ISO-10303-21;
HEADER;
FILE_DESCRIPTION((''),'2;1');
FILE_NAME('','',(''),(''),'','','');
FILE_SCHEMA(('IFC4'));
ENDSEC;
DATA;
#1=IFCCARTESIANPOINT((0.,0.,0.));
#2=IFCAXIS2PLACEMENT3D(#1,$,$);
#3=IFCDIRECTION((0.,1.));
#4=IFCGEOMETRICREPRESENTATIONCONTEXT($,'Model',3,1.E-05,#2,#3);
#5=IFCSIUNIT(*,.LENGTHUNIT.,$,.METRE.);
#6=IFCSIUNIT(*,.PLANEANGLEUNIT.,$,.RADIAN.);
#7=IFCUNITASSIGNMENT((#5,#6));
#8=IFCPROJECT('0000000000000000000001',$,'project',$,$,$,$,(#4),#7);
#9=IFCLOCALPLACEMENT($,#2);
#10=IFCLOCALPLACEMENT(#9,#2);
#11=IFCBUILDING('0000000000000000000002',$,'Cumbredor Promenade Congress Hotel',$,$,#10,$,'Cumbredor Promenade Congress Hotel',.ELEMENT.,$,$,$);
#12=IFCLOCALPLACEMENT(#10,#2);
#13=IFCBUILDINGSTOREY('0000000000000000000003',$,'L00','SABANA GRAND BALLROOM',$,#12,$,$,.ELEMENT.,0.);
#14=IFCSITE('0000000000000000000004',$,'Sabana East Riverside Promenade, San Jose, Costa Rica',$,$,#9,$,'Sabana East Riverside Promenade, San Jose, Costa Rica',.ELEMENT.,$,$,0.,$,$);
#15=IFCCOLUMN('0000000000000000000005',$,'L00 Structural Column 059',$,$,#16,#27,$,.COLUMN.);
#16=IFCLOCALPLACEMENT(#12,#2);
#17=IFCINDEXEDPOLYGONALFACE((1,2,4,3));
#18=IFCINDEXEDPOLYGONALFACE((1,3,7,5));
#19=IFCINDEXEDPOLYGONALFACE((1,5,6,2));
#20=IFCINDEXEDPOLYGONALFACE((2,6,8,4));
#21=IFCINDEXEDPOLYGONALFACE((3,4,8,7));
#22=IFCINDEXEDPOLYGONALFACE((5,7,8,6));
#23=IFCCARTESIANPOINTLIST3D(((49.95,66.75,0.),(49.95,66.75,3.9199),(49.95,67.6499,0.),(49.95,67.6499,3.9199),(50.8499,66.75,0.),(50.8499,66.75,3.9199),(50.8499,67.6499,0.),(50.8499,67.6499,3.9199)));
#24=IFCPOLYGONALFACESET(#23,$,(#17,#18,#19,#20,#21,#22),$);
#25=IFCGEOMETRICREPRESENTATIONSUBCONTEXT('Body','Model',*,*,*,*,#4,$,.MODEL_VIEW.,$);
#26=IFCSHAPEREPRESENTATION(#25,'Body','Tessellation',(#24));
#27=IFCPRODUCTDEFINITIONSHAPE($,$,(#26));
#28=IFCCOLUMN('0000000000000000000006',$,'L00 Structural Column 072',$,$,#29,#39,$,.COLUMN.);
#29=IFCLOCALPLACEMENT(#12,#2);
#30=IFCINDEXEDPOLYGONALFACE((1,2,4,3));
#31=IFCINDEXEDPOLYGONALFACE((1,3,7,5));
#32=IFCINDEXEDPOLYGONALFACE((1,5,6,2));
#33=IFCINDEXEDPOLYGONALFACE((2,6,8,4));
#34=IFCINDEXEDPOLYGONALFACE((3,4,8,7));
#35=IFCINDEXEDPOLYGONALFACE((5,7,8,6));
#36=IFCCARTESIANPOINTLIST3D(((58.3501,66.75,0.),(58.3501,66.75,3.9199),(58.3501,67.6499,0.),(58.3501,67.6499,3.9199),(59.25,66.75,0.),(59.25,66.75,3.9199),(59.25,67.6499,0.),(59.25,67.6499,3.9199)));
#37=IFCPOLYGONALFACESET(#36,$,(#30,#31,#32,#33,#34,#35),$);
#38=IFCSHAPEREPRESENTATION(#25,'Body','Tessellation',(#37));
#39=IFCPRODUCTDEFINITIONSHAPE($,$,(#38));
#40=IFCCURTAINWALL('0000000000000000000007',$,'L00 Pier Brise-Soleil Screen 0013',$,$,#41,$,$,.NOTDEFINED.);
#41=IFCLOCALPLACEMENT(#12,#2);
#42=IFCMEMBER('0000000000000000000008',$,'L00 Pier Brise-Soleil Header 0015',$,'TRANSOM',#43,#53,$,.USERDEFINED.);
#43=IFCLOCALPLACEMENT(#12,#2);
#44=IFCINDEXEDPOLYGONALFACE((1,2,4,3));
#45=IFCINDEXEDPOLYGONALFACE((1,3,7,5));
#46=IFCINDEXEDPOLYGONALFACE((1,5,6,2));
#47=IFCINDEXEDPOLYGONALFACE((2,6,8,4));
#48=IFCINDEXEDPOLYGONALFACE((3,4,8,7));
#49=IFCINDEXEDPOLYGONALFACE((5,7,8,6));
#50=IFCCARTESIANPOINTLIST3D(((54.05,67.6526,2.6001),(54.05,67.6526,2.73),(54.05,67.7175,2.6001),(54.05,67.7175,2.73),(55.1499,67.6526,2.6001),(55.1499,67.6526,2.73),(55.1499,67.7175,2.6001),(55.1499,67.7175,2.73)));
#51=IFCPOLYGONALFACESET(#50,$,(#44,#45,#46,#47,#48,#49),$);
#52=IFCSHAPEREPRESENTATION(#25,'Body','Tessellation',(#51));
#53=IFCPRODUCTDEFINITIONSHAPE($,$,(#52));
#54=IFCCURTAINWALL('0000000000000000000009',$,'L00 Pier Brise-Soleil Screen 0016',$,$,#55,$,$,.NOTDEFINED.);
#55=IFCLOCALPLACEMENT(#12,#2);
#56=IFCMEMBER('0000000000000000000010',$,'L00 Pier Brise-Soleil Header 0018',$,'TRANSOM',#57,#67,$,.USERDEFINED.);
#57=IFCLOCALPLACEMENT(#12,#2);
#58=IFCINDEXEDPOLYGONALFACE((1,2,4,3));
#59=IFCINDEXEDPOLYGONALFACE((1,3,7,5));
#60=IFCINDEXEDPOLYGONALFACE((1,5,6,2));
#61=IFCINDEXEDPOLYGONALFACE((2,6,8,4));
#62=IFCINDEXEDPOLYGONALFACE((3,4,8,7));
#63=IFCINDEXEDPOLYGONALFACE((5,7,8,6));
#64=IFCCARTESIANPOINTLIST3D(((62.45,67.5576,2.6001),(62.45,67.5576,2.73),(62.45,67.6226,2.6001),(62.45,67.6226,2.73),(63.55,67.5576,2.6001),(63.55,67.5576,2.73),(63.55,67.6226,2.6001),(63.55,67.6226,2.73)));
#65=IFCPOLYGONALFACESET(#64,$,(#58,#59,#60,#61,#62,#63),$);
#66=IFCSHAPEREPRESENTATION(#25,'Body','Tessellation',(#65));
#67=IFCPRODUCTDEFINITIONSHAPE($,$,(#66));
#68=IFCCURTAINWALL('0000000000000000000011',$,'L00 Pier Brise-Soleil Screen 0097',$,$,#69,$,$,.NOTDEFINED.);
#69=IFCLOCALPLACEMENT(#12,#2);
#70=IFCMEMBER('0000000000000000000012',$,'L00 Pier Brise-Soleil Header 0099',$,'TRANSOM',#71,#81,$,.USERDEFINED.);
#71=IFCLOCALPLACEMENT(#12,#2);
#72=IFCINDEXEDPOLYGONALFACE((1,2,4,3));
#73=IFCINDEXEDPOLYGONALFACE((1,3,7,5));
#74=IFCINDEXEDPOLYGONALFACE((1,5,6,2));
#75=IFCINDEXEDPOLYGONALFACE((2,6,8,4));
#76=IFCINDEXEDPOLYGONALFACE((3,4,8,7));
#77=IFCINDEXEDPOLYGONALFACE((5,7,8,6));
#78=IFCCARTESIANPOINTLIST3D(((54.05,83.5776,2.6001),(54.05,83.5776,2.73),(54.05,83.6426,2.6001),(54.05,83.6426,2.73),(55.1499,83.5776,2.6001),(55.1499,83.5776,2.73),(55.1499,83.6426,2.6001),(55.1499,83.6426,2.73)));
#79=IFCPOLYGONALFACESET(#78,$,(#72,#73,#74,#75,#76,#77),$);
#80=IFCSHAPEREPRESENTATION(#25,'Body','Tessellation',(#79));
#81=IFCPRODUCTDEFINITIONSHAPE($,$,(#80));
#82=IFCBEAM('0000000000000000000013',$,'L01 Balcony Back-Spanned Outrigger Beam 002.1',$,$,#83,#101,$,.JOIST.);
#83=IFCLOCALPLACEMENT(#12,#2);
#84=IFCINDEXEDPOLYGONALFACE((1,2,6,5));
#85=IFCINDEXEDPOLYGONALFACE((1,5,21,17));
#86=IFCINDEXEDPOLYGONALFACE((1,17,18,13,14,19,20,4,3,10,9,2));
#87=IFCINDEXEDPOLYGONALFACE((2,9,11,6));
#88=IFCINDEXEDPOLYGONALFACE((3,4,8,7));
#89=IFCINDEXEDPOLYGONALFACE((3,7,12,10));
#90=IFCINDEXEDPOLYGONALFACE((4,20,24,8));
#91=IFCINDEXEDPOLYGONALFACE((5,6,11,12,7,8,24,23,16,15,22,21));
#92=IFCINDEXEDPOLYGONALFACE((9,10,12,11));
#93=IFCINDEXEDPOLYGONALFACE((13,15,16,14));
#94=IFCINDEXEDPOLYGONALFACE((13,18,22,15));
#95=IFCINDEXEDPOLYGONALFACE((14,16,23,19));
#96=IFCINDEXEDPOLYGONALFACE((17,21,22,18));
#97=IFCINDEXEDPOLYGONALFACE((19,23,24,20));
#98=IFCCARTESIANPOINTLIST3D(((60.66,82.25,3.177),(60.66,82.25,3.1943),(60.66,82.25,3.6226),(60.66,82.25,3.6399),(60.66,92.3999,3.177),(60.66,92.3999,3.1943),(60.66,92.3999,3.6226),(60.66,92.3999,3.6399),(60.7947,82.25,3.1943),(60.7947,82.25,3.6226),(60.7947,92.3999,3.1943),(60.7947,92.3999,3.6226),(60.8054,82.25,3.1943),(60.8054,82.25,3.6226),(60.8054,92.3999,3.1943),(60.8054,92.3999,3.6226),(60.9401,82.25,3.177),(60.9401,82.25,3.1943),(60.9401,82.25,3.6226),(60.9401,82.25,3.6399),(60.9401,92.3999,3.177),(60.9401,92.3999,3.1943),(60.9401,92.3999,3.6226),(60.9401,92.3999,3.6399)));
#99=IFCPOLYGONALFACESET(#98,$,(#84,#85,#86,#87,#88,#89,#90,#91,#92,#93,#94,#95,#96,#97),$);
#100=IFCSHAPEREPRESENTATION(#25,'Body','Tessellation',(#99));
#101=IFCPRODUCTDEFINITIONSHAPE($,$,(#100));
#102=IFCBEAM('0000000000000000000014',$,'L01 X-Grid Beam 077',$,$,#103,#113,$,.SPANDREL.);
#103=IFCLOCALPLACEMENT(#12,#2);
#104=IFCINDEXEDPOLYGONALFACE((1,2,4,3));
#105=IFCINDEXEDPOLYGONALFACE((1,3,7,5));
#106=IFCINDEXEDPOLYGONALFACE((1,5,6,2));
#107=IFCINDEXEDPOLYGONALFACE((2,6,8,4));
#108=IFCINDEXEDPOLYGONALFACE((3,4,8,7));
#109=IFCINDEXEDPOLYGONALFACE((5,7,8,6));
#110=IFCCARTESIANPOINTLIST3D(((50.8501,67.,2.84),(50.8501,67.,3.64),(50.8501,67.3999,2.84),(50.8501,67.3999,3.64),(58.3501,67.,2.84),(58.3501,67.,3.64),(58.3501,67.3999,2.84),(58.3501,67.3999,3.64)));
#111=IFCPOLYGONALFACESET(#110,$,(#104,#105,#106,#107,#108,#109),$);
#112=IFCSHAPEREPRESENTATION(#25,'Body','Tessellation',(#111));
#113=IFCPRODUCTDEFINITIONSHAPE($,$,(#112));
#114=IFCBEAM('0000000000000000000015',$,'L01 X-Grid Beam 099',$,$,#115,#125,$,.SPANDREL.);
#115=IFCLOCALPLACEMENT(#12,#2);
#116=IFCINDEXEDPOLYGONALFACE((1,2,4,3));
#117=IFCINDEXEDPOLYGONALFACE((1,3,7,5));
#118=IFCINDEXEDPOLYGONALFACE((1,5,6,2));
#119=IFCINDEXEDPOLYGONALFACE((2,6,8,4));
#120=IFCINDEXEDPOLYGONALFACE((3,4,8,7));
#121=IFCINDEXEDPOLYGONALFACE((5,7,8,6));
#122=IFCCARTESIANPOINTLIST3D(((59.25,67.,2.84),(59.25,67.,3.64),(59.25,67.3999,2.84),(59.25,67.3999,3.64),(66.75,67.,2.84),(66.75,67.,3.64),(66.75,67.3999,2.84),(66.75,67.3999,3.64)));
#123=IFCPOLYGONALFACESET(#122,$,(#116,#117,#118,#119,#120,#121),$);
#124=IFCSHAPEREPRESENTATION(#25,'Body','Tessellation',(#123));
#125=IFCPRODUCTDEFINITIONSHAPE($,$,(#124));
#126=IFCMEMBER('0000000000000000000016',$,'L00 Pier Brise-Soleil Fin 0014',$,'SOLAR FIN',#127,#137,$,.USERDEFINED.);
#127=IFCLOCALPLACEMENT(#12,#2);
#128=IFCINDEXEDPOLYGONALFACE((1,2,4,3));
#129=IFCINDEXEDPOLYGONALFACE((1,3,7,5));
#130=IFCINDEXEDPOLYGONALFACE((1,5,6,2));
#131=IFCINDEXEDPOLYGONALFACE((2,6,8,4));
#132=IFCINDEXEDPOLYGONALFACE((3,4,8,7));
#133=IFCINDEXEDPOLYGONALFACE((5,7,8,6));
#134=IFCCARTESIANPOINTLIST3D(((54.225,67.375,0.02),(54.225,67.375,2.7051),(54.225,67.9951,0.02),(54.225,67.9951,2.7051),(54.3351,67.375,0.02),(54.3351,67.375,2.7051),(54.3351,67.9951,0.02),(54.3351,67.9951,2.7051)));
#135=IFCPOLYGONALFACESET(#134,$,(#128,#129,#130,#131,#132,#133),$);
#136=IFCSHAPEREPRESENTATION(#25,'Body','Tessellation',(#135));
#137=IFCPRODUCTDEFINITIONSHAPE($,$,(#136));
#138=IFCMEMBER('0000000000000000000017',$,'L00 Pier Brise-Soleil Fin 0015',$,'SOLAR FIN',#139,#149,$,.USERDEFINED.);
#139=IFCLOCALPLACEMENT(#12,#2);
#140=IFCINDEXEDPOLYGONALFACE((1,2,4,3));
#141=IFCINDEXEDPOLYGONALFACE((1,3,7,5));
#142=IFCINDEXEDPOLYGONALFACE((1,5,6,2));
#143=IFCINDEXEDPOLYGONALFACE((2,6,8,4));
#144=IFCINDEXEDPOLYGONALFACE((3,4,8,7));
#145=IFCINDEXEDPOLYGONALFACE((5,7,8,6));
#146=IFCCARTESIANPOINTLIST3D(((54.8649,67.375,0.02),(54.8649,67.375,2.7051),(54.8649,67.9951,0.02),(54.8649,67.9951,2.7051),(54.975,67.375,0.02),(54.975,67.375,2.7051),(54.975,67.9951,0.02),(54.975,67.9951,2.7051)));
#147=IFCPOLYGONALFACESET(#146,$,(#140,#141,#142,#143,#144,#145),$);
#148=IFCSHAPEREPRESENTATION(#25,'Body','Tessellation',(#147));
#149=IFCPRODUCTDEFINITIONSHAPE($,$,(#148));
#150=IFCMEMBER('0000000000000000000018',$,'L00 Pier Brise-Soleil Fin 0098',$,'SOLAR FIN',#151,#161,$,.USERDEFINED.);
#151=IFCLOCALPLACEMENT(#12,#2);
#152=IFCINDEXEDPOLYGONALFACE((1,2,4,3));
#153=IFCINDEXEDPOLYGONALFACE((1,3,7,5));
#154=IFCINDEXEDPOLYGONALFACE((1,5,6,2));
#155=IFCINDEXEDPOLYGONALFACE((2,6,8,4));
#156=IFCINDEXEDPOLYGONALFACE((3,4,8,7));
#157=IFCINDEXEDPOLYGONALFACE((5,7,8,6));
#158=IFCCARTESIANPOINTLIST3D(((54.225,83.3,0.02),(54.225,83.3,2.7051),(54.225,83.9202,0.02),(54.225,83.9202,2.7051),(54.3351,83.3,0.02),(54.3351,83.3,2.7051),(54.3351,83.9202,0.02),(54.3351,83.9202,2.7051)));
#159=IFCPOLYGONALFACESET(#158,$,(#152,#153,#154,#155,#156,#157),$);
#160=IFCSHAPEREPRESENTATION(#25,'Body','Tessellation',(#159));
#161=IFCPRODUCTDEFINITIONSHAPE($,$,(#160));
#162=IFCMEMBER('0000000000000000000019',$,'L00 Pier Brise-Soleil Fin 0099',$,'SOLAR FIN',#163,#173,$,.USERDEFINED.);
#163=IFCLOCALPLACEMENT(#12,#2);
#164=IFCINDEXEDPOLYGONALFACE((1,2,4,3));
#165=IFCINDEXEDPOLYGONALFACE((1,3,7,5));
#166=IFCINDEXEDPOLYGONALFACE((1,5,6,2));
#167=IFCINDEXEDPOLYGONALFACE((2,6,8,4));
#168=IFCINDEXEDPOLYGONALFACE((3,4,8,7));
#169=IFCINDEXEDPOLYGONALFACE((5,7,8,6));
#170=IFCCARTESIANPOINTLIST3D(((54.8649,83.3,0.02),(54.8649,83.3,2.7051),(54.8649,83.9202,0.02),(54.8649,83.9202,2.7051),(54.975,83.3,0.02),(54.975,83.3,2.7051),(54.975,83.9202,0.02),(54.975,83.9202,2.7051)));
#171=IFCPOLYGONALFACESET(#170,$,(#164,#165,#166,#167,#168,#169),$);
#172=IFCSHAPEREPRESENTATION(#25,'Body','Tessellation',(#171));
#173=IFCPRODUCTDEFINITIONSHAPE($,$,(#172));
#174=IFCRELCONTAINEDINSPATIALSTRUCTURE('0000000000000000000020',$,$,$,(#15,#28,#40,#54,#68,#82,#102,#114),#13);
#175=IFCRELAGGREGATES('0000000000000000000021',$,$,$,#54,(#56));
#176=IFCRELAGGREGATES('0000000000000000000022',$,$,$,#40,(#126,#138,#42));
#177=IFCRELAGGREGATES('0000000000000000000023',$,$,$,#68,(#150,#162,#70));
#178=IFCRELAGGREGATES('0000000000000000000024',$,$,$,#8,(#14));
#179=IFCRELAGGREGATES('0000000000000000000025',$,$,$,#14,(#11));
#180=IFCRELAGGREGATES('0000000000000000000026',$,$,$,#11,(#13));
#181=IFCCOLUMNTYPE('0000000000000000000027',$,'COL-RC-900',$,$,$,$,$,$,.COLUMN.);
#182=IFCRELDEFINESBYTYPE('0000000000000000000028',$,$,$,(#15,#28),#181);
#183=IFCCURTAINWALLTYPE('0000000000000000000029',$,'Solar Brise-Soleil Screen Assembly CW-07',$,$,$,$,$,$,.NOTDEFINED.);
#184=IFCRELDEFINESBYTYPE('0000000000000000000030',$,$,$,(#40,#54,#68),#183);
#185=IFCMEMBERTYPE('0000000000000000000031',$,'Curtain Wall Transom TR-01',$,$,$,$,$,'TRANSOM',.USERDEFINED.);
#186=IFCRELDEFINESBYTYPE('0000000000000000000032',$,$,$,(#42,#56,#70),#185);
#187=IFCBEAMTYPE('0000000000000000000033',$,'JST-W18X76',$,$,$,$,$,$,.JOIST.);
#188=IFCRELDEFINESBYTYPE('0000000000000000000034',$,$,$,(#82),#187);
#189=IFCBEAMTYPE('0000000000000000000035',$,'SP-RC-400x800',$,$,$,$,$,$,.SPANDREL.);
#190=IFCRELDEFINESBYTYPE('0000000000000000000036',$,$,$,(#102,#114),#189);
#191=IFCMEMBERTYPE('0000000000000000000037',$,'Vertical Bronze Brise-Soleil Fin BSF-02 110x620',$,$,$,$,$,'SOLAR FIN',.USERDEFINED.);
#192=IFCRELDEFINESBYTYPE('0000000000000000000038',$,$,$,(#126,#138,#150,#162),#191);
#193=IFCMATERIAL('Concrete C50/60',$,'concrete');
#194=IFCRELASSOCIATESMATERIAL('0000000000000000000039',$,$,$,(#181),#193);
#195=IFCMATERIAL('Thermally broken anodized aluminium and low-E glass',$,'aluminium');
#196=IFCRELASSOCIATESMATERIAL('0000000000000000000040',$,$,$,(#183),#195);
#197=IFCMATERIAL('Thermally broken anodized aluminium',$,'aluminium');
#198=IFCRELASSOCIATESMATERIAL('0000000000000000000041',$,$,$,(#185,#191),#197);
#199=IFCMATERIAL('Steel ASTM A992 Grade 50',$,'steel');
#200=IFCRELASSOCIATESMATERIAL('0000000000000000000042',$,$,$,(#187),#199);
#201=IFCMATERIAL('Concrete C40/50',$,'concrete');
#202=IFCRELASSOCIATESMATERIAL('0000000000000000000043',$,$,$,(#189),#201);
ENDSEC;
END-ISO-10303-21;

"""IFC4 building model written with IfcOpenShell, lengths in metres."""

from ifc_helpers import new_model, si_unit, direction, frame, origin, origin_2d, place, context, subcontext, project, spatial, rectangle, i_section, extrude, material, material_profile, profile_set, type_object, element, aggregate, save


model = new_model("IFC4")

# Units and contexts
model_context = context("Model", 3, precision=1e-05, world=origin(), true_north=direction((0.0, 1.0)))
body_context = subcontext(model_context, "Body", "Model", "MODEL_VIEW")
ifc_project = project(units=[si_unit("LENGTHUNIT", "METRE"), si_unit("PLANEANGLEUNIT", "RADIAN")], contexts=[model_context])

# Site, building, storey
site_placement = place(None, origin())
site = spatial("IfcSite", under=ifc_project, at=site_placement, Name="Sabana East Riverside Promenade, San Jose, Costa Rica", LongName="Sabana East Riverside Promenade, San Jose, Costa Rica", CompositionType="ELEMENT", RefElevation=0.0)
building_placement = place(site_placement, origin())
building = spatial("IfcBuilding", under=site, at=building_placement, Name="Cumbredor Promenade Congress Hotel", LongName="Cumbredor Promenade Congress Hotel", CompositionType="ELEMENT")
storey_placement = place(building_placement, origin())
storey = spatial("IfcBuildingStorey", under=building, at=storey_placement, Name="L00", Description="SABANA GRAND BALLROOM", CompositionType="ELEMENT", Elevation=0.0)

# Columns
ifc_material_1 = material(Name="Concrete C50/60", Category="concrete")
ifc_material_profile_1 = material_profile(ifc_material_1, rectangle(XDim=0.8999, YDim=0.8999, at=origin_2d()), Name="RC 900x900")
ifc_profile_set_1 = profile_set([ifc_material_profile_1], Name="Concrete C50/60")
column_type = type_object("IfcColumnType", Name="COL-RC-900", PredefinedType="COLUMN", material=ifc_profile_set_1)
for number, where, z_axis, x_axis, name in (
    (1, (50.3999, 67.2, 0.0), (0.0, 0.0, 1.0), (1.0, 0.0, 0.0), "L00 Structural Column 059"),
    (2, (58.8, 67.2, 0.0), (0.0, 0.0, 1.0), (1.0, 0.0, 0.0), "L00 Structural Column 072"),
):
    element("IfcColumn", number, at=place(storey_placement, frame(where, z_axis=z_axis, x_axis=x_axis)), inside=storey, type_object=column_type, Name=name, PredefinedType="COLUMN", context=body_context, shape_type="SweptSolid", body=[
        extrude(rectangle(XDim=0.8999, YDim=0.8999, at=origin_2d()), origin(), (0.0, 0.0, 1.0), 3.9199),
    ])

# Curtain walls, members
ifc_material_2 = material(Name="Thermally broken anodized aluminium and low-E glass", Category="aluminium")
curtain_wall_type = type_object("IfcCurtainWallType", Name="Solar Brise-Soleil Screen Assembly CW-07", PredefinedType="NOTDEFINED", material=ifc_material_2)
curtain_wall_1_placement = place(storey_placement, origin())
curtain_wall_1 = element("IfcCurtainWall", 3, at=curtain_wall_1_placement, inside=storey, type_object=curtain_wall_type, Name="L00 Pier Brise-Soleil Screen 0013", PredefinedType="NOTDEFINED")
ifc_material_3 = material(Name="Thermally broken anodized aluminium", Category="aluminium")
ifc_material_profile_2 = material_profile(ifc_material_3, rectangle(XDim=0.0649, YDim=0.1299, at=origin_2d()), Name="ALU TRANSOM 65x130")
ifc_profile_set_2 = profile_set([ifc_material_profile_2], Name="Thermally broken anodized aluminium")
member_type_1 = type_object("IfcMemberType", Name="Curtain Wall Transom TR-01", ElementType="TRANSOM", PredefinedType="USERDEFINED", material=ifc_profile_set_2)
member_1_placement = place(storey_placement, frame((54.05, 67.6851, 2.665), z_axis=(1.0, 0.0, 0.0), x_axis=(0.0, 1.0, 0.0)))
member_1 = element("IfcMember", 4, at=member_1_placement, type_object=member_type_1, Name="L00 Pier Brise-Soleil Header 0015", ObjectType="TRANSOM", PredefinedType="USERDEFINED", context=body_context, shape_type="SweptSolid", body=[
    extrude(rectangle(XDim=0.0649, YDim=0.1299, at=origin_2d()), origin(), (0.0, 0.0, 1.0), 1.0999),
])
curtain_wall_2_placement = place(storey_placement, origin())
curtain_wall_2 = element("IfcCurtainWall", 5, at=curtain_wall_2_placement, inside=storey, type_object=curtain_wall_type, Name="L00 Pier Brise-Soleil Screen 0016", PredefinedType="NOTDEFINED")
member_2_placement = place(storey_placement, frame((62.45, 67.5901, 2.665), z_axis=(1.0, 0.0, 0.0), x_axis=(0.0, 1.0, 0.0)))
member_2 = element("IfcMember", 6, at=member_2_placement, type_object=member_type_1, Name="L00 Pier Brise-Soleil Header 0018", ObjectType="TRANSOM", PredefinedType="USERDEFINED", context=body_context, shape_type="SweptSolid", body=[
    extrude(rectangle(XDim=0.0649, YDim=0.1299, at=origin_2d()), origin(), (0.0, 0.0, 1.0), 1.1001),
])
aggregate(curtain_wall_2, [member_2])
curtain_wall_3_placement = place(storey_placement, origin())
curtain_wall_3 = element("IfcCurtainWall", 7, at=curtain_wall_3_placement, inside=storey, type_object=curtain_wall_type, Name="L00 Pier Brise-Soleil Screen 0097", PredefinedType="NOTDEFINED")
member_3_placement = place(storey_placement, frame((54.05, 83.6101, 2.665), z_axis=(1.0, 0.0, 0.0), x_axis=(0.0, 1.0, 0.0)))
member_3 = element("IfcMember", 8, at=member_3_placement, type_object=member_type_1, Name="L00 Pier Brise-Soleil Header 0099", ObjectType="TRANSOM", PredefinedType="USERDEFINED", context=body_context, shape_type="SweptSolid", body=[
    extrude(rectangle(XDim=0.0649, YDim=0.1299, at=origin_2d()), origin(), (0.0, 0.0, 1.0), 1.0999),
])

# Beams
ifc_material_4 = material(Name="Steel ASTM A992 Grade 50", Category="steel")
ifc_material_profile_3 = material_profile(ifc_material_4, i_section(OverallWidth=0.28, OverallDepth=0.4629, WebThickness=0.0107, FlangeThickness=0.0173, at=origin_2d()), Name="W18X76")
ifc_profile_set_3 = profile_set([ifc_material_profile_3], Name="Steel ASTM A992 Grade 50")
beam_type_1 = type_object("IfcBeamType", Name="JST-W18X76", PredefinedType="JOIST", material=ifc_profile_set_3)
beam_placement = place(storey_placement, frame((60.8, 82.25, 3.4084), z_axis=(0.0, 1.0, 0.0), x_axis=(-1.0, 0.0, 0.0)))
element("IfcBeam", 9, at=beam_placement, inside=storey, type_object=beam_type_1, Name="L01 Balcony Back-Spanned Outrigger Beam 002.1", PredefinedType="JOIST", context=body_context, shape_type="SweptSolid", body=[
    extrude(i_section(OverallWidth=0.28, OverallDepth=0.4629, WebThickness=0.0107, FlangeThickness=0.0173, at=origin_2d()), origin(), (0.0, 0.0, 1.0), 10.1499),
])
ifc_material_5 = material(Name="Concrete C40/50", Category="concrete")
ifc_material_profile_4 = material_profile(ifc_material_5, rectangle(XDim=0.3999, YDim=0.8, at=origin_2d()), Name="RC SPANDREL 400x800")
ifc_profile_set_4 = profile_set([ifc_material_profile_4], Name="Concrete C40/50")
beam_type_2 = type_object("IfcBeamType", Name="SP-RC-400x800", PredefinedType="SPANDREL", material=ifc_profile_set_4)
for number, where, z_axis, x_axis, name in (
    (10, (50.8501, 67.2, 3.24), (1.0, 0.0, 0.0), (0.0, 1.0, 0.0), "L01 X-Grid Beam 077"),
    (11, (59.25, 67.2, 3.24), (1.0, 0.0, 0.0), (0.0, 1.0, 0.0), "L01 X-Grid Beam 099"),
):
    element("IfcBeam", number, at=place(storey_placement, frame(where, z_axis=z_axis, x_axis=x_axis)), inside=storey, type_object=beam_type_2, Name=name, PredefinedType="SPANDREL", context=body_context, shape_type="SweptSolid", body=[
        extrude(rectangle(XDim=0.3999, YDim=0.8, at=origin_2d()), origin(), (0.0, 0.0, 1.0), 7.5),
    ])

# Members
ifc_material_profile_5 = material_profile(ifc_material_3, rectangle(XDim=0.1101, YDim=0.6201, at=origin_2d()), Name="ARCH FIN 110x620")
ifc_profile_set_5 = profile_set([ifc_material_profile_5], Name="Thermally broken anodized aluminium")
member_type_2 = type_object("IfcMemberType", Name="Vertical Bronze Brise-Soleil Fin BSF-02 110x620", ElementType="SOLAR FIN", PredefinedType="USERDEFINED", material=ifc_profile_set_5)
member_4_placement = place(storey_placement, frame((54.28, 67.6851, 0.02), z_axis=(0.0, 0.0, 1.0), x_axis=(1.0, 0.0, 0.0)))
member_4 = element("IfcMember", 12, at=member_4_placement, type_object=member_type_2, Name="L00 Pier Brise-Soleil Fin 0014", ObjectType="SOLAR FIN", PredefinedType="USERDEFINED", context=body_context, shape_type="SweptSolid", body=[
    extrude(rectangle(XDim=0.1101, YDim=0.6201, at=origin_2d()), origin(), (0.0, 0.0, 1.0), 2.6851),
])
member_5_placement = place(storey_placement, frame((54.9199, 67.6851, 0.02), z_axis=(0.0, 0.0, 1.0), x_axis=(1.0, 0.0, 0.0)))
member_5 = element("IfcMember", 13, at=member_5_placement, type_object=member_type_2, Name="L00 Pier Brise-Soleil Fin 0015", ObjectType="SOLAR FIN", PredefinedType="USERDEFINED", context=body_context, shape_type="SweptSolid", body=[
    extrude(rectangle(XDim=0.1101, YDim=0.6201, at=origin_2d()), origin(), (0.0, 0.0, 1.0), 2.6851),
])
aggregate(curtain_wall_1, [member_4, member_5, member_1])
member_6_placement = place(storey_placement, frame((54.28, 83.6101, 0.02), z_axis=(0.0, 0.0, 1.0), x_axis=(1.0, 0.0, 0.0)))
member_6 = element("IfcMember", 14, at=member_6_placement, type_object=member_type_2, Name="L00 Pier Brise-Soleil Fin 0098", ObjectType="SOLAR FIN", PredefinedType="USERDEFINED", context=body_context, shape_type="SweptSolid", body=[
    extrude(rectangle(XDim=0.1101, YDim=0.6201, at=origin_2d()), origin(), (0.0, 0.0, 1.0), 2.6851),
])
member_7_placement = place(storey_placement, frame((54.9199, 83.6101, 0.02), z_axis=(0.0, 0.0, 1.0), x_axis=(1.0, 0.0, 0.0)))
member_7 = element("IfcMember", 15, at=member_7_placement, type_object=member_type_2, Name="L00 Pier Brise-Soleil Fin 0099", ObjectType="SOLAR FIN", PredefinedType="USERDEFINED", context=body_context, shape_type="SweptSolid", body=[
    extrude(rectangle(XDim=0.1101, YDim=0.6201, at=origin_2d()), origin(), (0.0, 0.0, 1.0), 2.6851),
])
aggregate(curtain_wall_3, [member_6, member_7, member_3])

save(model, "model.ifc")
